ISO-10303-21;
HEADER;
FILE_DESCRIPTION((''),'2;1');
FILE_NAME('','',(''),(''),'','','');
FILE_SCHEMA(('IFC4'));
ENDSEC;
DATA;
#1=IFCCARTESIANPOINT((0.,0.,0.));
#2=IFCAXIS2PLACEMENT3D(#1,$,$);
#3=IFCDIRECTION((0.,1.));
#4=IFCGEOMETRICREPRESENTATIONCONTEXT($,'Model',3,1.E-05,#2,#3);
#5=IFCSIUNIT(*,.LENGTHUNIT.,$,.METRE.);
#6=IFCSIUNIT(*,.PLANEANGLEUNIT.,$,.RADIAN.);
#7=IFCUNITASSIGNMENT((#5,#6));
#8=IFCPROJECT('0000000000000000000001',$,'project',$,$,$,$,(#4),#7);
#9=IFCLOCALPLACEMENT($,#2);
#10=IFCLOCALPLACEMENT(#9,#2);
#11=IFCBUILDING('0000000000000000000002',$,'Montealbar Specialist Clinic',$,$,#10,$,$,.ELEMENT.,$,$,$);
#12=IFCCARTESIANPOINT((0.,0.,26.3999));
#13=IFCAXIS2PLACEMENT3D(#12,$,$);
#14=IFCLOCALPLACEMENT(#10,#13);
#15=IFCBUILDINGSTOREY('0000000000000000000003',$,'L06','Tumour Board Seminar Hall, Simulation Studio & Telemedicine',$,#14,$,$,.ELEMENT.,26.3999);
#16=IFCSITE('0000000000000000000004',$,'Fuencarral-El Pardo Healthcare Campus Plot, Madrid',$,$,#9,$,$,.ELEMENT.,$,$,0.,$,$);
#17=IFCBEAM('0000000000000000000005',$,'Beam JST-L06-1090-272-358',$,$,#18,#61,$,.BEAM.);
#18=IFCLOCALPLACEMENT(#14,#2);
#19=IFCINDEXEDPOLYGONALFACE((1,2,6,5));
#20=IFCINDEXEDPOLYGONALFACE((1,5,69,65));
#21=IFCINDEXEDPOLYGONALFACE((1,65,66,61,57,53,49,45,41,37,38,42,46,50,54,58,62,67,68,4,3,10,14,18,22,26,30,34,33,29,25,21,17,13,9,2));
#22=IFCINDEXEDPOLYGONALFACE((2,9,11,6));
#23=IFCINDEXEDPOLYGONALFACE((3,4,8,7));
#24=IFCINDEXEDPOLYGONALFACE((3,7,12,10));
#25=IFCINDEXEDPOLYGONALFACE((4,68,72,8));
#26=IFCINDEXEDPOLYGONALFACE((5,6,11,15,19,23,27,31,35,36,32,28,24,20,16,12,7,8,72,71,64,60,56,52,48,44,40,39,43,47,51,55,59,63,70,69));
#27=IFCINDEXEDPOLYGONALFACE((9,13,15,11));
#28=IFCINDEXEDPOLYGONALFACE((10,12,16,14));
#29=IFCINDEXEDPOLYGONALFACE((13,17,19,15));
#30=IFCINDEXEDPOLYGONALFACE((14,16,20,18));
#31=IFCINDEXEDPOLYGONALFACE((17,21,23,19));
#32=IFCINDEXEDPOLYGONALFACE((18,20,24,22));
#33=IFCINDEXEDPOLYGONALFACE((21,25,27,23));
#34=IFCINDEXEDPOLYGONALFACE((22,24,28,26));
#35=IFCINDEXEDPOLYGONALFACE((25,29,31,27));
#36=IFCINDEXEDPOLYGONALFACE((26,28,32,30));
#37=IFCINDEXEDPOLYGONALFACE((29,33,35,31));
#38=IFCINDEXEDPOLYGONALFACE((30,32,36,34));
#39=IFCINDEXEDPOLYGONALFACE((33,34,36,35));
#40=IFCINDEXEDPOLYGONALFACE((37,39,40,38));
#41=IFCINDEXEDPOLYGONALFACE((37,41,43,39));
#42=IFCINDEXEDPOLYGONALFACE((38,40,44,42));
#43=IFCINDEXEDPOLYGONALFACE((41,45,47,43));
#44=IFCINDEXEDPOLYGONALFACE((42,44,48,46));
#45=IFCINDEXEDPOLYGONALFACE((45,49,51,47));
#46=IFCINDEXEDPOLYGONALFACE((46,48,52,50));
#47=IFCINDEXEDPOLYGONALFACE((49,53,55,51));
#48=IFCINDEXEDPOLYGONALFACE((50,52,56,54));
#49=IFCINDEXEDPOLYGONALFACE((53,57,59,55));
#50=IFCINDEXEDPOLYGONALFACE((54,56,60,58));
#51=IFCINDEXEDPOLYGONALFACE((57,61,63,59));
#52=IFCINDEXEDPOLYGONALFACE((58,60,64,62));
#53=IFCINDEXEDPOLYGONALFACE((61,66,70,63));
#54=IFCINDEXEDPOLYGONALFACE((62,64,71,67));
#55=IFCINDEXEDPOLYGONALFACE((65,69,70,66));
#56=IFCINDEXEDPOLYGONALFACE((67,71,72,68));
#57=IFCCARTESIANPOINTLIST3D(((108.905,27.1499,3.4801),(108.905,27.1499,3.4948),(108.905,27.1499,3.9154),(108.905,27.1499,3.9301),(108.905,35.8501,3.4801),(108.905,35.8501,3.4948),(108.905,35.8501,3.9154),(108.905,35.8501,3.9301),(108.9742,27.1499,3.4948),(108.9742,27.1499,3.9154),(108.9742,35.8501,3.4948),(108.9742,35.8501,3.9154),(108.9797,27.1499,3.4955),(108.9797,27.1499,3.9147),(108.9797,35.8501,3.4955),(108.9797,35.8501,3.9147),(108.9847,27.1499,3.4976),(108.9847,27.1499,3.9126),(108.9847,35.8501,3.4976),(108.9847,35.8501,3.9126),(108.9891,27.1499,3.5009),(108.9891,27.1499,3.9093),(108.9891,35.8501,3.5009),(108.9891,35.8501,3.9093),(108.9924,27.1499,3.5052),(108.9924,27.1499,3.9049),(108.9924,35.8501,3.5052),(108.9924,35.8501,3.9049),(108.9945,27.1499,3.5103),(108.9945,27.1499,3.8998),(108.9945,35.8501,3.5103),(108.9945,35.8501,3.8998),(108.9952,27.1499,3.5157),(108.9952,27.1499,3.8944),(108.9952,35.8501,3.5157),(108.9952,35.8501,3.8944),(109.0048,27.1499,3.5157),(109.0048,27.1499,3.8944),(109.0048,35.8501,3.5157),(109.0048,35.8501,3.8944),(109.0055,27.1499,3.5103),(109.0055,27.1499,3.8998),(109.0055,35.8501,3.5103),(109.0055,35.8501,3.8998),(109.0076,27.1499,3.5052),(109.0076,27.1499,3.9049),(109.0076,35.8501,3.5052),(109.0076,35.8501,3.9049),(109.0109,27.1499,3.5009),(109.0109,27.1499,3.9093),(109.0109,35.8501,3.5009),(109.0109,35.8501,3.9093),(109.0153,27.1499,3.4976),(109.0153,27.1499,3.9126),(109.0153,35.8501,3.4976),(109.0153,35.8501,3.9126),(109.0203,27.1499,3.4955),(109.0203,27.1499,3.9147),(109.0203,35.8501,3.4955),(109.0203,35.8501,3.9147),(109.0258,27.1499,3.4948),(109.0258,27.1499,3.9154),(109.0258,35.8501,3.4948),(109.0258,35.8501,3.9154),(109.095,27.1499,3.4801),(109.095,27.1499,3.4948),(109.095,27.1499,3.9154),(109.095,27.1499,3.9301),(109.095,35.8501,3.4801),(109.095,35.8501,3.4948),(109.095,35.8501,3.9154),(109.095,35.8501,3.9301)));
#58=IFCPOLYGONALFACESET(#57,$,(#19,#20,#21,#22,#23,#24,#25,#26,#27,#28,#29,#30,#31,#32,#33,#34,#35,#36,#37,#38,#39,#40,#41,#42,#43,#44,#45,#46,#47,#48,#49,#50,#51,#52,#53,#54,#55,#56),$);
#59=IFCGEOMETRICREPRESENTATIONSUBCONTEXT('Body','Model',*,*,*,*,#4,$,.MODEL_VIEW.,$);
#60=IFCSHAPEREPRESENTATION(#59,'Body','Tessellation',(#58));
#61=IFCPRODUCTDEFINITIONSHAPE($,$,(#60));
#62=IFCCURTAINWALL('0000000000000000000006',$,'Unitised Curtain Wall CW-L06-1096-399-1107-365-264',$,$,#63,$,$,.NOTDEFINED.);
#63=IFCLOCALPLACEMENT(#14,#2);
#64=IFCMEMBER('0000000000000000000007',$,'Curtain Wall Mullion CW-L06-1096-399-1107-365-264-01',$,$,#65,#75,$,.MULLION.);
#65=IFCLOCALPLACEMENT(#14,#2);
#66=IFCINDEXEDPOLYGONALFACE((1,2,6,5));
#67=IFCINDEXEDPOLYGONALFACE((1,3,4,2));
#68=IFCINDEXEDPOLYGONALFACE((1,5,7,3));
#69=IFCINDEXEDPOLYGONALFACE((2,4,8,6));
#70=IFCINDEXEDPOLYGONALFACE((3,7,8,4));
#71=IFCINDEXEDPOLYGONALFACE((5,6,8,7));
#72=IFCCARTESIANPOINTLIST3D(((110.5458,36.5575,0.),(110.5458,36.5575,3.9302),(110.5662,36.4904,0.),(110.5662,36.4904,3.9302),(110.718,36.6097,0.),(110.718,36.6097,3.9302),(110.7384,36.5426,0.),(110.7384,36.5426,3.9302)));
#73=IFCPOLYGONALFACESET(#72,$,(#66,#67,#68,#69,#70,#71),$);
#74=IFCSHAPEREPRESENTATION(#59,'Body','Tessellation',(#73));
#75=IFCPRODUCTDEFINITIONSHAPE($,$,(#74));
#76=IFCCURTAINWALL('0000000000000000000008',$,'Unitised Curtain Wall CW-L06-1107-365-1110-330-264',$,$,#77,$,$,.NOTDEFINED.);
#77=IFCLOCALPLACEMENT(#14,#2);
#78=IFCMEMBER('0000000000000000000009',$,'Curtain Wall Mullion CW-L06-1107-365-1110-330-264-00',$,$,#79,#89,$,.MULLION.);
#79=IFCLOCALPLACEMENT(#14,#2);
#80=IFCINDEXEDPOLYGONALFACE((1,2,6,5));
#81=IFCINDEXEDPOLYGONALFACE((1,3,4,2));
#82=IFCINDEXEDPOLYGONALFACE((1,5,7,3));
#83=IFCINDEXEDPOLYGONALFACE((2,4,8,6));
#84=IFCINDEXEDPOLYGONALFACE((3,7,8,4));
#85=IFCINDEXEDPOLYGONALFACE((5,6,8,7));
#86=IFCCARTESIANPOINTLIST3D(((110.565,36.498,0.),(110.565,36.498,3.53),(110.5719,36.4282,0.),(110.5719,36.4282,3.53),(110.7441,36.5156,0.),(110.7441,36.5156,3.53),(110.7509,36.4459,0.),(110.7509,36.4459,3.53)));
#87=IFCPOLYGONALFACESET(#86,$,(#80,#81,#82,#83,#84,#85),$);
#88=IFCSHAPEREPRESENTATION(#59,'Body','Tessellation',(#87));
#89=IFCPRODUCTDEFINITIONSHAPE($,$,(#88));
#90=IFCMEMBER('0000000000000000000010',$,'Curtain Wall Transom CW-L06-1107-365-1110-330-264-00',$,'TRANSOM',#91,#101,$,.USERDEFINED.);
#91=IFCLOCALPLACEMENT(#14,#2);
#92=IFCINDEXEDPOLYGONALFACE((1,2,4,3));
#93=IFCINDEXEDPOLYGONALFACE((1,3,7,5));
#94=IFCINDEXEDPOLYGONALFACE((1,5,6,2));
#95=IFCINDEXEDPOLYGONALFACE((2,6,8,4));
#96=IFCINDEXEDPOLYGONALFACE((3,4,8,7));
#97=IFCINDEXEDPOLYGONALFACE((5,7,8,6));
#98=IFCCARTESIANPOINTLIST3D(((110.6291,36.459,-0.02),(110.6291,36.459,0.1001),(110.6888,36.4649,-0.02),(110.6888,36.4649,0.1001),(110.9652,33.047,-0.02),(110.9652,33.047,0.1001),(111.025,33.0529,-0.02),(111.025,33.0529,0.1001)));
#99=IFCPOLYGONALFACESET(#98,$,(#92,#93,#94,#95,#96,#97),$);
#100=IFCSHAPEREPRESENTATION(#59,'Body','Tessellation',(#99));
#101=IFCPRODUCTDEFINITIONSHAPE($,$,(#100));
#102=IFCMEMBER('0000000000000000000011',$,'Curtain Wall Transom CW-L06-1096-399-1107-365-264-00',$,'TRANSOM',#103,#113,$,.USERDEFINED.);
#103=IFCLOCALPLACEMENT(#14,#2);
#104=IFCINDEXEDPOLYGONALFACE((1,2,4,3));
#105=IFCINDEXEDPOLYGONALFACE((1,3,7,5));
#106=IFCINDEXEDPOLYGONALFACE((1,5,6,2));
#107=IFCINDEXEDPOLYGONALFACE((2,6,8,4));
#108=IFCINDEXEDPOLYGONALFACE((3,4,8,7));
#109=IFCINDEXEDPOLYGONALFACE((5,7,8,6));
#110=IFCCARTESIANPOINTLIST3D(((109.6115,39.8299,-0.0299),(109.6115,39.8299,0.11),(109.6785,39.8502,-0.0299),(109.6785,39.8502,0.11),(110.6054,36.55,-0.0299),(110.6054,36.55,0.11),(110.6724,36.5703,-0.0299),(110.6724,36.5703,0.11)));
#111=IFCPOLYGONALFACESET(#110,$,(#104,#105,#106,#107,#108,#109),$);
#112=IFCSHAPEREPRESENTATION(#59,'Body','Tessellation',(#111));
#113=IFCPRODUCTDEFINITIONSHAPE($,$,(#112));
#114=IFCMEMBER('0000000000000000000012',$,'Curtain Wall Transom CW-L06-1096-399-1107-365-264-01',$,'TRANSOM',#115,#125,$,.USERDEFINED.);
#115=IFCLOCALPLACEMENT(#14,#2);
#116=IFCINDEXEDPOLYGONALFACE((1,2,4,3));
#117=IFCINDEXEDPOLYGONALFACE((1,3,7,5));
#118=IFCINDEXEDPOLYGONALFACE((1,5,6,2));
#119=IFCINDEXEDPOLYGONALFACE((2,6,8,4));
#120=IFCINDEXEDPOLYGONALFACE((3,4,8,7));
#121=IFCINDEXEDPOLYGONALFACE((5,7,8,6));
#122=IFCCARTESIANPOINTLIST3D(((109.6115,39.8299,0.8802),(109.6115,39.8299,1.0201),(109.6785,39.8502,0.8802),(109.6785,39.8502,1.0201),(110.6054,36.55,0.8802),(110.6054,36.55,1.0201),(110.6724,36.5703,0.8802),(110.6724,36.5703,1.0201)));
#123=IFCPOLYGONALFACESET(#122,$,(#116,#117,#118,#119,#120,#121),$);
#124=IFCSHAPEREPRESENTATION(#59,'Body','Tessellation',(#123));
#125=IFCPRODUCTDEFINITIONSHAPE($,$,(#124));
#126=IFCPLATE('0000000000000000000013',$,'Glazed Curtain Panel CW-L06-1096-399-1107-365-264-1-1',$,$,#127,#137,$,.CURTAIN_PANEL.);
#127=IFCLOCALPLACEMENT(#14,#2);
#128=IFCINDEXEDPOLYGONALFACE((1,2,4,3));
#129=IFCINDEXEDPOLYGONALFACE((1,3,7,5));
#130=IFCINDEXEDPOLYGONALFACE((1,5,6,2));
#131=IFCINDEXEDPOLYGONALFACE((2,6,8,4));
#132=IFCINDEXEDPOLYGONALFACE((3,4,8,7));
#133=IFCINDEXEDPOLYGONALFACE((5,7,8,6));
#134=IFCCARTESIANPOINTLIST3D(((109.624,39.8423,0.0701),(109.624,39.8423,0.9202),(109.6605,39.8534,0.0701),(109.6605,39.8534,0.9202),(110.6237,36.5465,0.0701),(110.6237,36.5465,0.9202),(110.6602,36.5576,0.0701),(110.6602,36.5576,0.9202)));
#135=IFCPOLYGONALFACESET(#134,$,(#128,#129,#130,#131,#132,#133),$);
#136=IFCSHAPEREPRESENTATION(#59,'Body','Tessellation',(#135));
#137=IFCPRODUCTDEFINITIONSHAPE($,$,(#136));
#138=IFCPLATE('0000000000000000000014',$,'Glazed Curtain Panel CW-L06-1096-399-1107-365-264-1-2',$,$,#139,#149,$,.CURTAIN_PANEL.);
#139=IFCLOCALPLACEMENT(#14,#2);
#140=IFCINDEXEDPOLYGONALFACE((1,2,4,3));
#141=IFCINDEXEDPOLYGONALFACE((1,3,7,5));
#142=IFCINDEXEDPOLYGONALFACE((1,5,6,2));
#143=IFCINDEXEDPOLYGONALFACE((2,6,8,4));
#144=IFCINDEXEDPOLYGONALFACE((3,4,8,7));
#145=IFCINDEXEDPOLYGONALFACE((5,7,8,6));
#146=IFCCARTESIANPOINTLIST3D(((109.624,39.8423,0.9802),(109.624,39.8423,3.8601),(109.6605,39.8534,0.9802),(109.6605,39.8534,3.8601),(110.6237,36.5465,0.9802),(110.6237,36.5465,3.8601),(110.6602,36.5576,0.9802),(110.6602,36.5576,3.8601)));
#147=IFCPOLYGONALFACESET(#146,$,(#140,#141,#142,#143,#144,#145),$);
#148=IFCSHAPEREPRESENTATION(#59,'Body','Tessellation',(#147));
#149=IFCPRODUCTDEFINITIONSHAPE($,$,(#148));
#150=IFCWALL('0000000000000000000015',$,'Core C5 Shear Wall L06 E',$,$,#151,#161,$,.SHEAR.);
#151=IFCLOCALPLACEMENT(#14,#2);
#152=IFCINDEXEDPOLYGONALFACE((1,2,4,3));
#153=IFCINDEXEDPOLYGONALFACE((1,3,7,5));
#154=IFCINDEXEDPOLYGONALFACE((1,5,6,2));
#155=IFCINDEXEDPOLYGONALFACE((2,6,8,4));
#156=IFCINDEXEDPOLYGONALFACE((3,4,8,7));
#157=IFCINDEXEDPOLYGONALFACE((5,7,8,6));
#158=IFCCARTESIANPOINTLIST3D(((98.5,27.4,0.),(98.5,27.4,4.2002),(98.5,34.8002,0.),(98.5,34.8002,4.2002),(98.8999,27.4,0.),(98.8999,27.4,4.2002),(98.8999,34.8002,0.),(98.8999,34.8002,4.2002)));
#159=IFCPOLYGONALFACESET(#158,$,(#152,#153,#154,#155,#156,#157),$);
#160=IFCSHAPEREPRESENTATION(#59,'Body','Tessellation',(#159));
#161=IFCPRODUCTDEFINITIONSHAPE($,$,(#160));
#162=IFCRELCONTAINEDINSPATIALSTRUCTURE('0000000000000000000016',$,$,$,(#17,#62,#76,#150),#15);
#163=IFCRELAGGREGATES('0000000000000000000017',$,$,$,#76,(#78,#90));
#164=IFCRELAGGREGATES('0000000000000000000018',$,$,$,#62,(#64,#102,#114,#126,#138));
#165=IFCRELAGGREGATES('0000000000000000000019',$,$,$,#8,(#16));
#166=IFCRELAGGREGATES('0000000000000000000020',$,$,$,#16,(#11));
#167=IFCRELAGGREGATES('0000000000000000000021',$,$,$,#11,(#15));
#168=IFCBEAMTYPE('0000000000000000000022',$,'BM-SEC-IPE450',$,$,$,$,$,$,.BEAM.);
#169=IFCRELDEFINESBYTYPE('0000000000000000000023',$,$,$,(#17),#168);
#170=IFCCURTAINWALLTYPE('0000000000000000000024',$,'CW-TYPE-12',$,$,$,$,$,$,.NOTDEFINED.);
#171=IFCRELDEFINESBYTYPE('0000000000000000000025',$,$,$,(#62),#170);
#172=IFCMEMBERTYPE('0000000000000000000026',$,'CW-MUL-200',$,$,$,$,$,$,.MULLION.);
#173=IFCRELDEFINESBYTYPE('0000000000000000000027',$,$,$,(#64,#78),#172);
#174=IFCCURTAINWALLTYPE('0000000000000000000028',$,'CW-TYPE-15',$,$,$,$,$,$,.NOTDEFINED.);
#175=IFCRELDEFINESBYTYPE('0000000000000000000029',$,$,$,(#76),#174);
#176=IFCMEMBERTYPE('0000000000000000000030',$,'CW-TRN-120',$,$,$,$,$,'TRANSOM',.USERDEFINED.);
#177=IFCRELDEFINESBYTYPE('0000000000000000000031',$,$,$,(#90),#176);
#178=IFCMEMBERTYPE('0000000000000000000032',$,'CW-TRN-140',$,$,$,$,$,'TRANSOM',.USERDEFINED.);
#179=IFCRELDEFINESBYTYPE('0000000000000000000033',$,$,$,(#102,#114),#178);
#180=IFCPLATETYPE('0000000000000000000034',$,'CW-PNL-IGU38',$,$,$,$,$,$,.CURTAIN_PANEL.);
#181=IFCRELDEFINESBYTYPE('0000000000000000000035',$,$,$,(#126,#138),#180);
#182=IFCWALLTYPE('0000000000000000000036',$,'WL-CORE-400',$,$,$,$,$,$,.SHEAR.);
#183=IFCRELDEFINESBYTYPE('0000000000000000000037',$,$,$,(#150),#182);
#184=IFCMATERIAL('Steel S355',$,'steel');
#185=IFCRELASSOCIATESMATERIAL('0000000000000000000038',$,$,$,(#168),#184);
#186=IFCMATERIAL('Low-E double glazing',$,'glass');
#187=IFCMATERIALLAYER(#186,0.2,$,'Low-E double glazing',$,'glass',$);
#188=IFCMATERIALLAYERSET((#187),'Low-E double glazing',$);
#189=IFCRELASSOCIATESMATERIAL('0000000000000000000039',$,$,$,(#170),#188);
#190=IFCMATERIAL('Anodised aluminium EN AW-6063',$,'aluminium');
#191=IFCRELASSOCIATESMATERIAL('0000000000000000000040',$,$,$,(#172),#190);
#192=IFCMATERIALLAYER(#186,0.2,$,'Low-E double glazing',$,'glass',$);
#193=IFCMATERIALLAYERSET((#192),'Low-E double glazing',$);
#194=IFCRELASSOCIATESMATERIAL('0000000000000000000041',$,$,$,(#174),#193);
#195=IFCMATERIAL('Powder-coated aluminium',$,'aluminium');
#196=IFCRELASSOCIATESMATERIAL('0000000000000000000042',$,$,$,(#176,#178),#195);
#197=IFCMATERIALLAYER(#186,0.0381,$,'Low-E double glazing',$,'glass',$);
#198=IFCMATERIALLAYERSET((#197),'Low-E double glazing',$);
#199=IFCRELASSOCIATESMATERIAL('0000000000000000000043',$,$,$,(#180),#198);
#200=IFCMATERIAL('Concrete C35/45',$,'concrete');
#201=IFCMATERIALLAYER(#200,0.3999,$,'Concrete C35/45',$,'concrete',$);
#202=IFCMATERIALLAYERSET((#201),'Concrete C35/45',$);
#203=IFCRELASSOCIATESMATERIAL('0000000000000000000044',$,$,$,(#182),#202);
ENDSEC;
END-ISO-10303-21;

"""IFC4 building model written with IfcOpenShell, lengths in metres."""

from ifc_helpers import new_model, si_unit, direction, frame, frame_2d, origin, origin_2d, place, context, subcontext, project, spatial, rectangle, i_section, extrude, material, layer, layer_set, material_profile, profile_set, type_object, element, aggregate, save


model = new_model("IFC4")

# Units and contexts
model_context = context("Model", 3, precision=1e-05, world=origin(), true_north=direction((0.0, 1.0)))
body_context = subcontext(model_context, "Body", "Model", "MODEL_VIEW")
ifc_project = project(units=[si_unit("LENGTHUNIT", "METRE"), si_unit("PLANEANGLEUNIT", "RADIAN")], contexts=[model_context])

# Site, building, storey
site_placement = place(None, origin())
site = spatial("IfcSite", under=ifc_project, at=site_placement, Name="Fuencarral-El Pardo Healthcare Campus Plot, Madrid", CompositionType="ELEMENT", RefElevation=0.0)
building_placement = place(site_placement, origin())
building = spatial("IfcBuilding", under=site, at=building_placement, Name="Montealbar Specialist Clinic", CompositionType="ELEMENT")
storey_placement = place(building_placement, frame((0.0, 0.0, 26.3999)))
storey = spatial("IfcBuildingStorey", under=building, at=storey_placement, Name="L06", Description="Tumour Board Seminar Hall, Simulation Studio & Telemedicine", CompositionType="ELEMENT", Elevation=26.3999)

# Shared definitions
ifc_material_1 = material(Name="Steel S355", Category="steel")

# Beam
ifc_material_profile_1 = material_profile(ifc_material_1, i_section(OverallWidth=0.1899, OverallDepth=0.45, WebThickness=0.0095, FlangeThickness=0.0146, FilletRadius=0.021, at=origin_2d()), Name="IPE 450", Category="steel")
ifc_profile_set_1 = profile_set([ifc_material_profile_1], Name="Steel S355")
beam_type_1 = type_object("IfcBeamType", Name="BM-SEC-IPE450", PredefinedType="BEAM", material=ifc_profile_set_1)
beam_1_placement = place(storey_placement, frame((109.0, 27.1499, 3.7051), z_axis=(0.0, 1.0, 0.0), x_axis=(-1.0, 0.0, 0.0)))
element("IfcBeam", 1, at=beam_1_placement, inside=storey, type_object=beam_type_1, Name="Beam JST-L06-1090-272-358", PredefinedType="BEAM", context=body_context, shape_type="SweptSolid", body=[
    extrude(i_section(OverallWidth=0.1899, OverallDepth=0.45, WebThickness=0.0095, FlangeThickness=0.0146, FilletRadius=0.021, at=origin_2d()), origin(), (0.0, 0.0, 1.0), 8.7002),
])

# Curtain wall, member
ifc_material_2 = material(Name="Low-E double glazing", Category="glass")
ifc_layer_1 = layer(ifc_material_2, 0.2, Name="Low-E double glazing", Category="glass")
ifc_layer_set_1 = layer_set([ifc_layer_1], Name="Low-E double glazing")
curtain_wall_type_1 = type_object("IfcCurtainWallType", Name="CW-TYPE-12", PredefinedType="NOTDEFINED", material=ifc_layer_set_1)
curtain_wall_1_placement = place(storey_placement, origin())
curtain_wall_1 = element("IfcCurtainWall", 2, at=curtain_wall_1_placement, inside=storey, type_object=curtain_wall_type_1, Name="Unitised Curtain Wall CW-L06-1096-399-1107-365-264", PredefinedType="NOTDEFINED")
ifc_material_3 = material(Name="Anodised aluminium EN AW-6063", Category="aluminium")
ifc_material_profile_2 = material_profile(ifc_material_3, rectangle(XDim=0.0701, YDim=0.1799, at=origin_2d()), Name="ALU 70x180", Category="aluminium")
ifc_profile_set_2 = profile_set([ifc_material_profile_2], Name="Anodised aluminium EN AW-6063")
member_type_1 = type_object("IfcMemberType", Name="CW-MUL-200", PredefinedType="MULLION", material=ifc_profile_set_2)
member_1_placement = place(storey_placement, frame((110.6421, 36.55, 0.0), z_axis=(0.0, 0.0, 1.0), x_axis=(0.290259, -0.956948, 0.0)))
member_1 = element("IfcMember", 3, at=member_1_placement, type_object=member_type_1, Name="Curtain Wall Mullion CW-L06-1096-399-1107-365-264-01", PredefinedType="MULLION", context=body_context, shape_type="SweptSolid", body=[
    extrude(rectangle(XDim=0.0701, YDim=0.1799, at=origin_2d()), origin(), (0.0, 0.0, 1.0), 3.9302),
])

# Curtain wall, members
ifc_layer_2 = layer(ifc_material_2, 0.2, Name="Low-E double glazing", Category="glass")
ifc_layer_set_2 = layer_set([ifc_layer_2], Name="Low-E double glazing")
curtain_wall_type_2 = type_object("IfcCurtainWallType", Name="CW-TYPE-15", PredefinedType="NOTDEFINED", material=ifc_layer_set_2)
curtain_wall_2_placement = place(storey_placement, origin())
curtain_wall_2 = element("IfcCurtainWall", 4, at=curtain_wall_2_placement, inside=storey, type_object=curtain_wall_type_2, Name="Unitised Curtain Wall CW-L06-1107-365-1110-330-264", PredefinedType="NOTDEFINED")
member_2_placement = place(storey_placement, frame((110.658, 36.4719, 0.0), z_axis=(0.0, 0.0, 1.0), x_axis=(0.098045, -0.995182, 0.0)))
member_2 = element("IfcMember", 5, at=member_2_placement, type_object=member_type_1, Name="Curtain Wall Mullion CW-L06-1107-365-1110-330-264-00", PredefinedType="MULLION", context=body_context, shape_type="SweptSolid", body=[
    extrude(rectangle(XDim=0.0701, YDim=0.1799, at=origin_2d()), origin(), (0.0, 0.0, 1.0), 3.53),
])
ifc_material_4 = material(Name="Powder-coated aluminium", Category="aluminium")
ifc_material_profile_3 = material_profile(ifc_material_4, rectangle(XDim=0.0601, YDim=0.1201, at=origin_2d()), Name="ALU 60x120", Category="aluminium")
ifc_profile_set_3 = profile_set([ifc_material_profile_3], Name="Powder-coated aluminium")
member_type_2 = type_object("IfcMemberType", Name="CW-TRN-120", ElementType="TRANSOM", PredefinedType="USERDEFINED", material=ifc_profile_set_3)
member_3_placement = place(storey_placement, frame((110.6589, 36.4619, 0.04), z_axis=(0.098058, -0.995181, 0.0), x_axis=(0.995181, 0.098058, 0.0)))
member_3 = element("IfcMember", 6, at=member_3_placement, type_object=member_type_2, Name="Curtain Wall Transom CW-L06-1107-365-1110-330-264-00", ObjectType="TRANSOM", PredefinedType="USERDEFINED", context=body_context, shape_type="SweptSolid", body=[
    extrude(rectangle(XDim=0.0601, YDim=0.1201, at=origin_2d()), origin(), (0.0, 0.0, 1.0), 3.4285),
])
aggregate(curtain_wall_2, [member_2, member_3])

# Members
ifc_material_profile_4 = material_profile(ifc_material_4, rectangle(XDim=0.0701, YDim=0.1399, at=origin_2d()), Name="ALU 70x140", Category="aluminium")
ifc_profile_set_4 = profile_set([ifc_material_profile_4], Name="Powder-coated aluminium")
member_type_3 = type_object("IfcMemberType", Name="CW-TRN-140", ElementType="TRANSOM", PredefinedType="USERDEFINED", material=ifc_profile_set_4)
member_4_placement = place(storey_placement, frame((109.645, 39.8401, 0.04), z_axis=(0.289994, -0.957029, 0.0), x_axis=(0.957029, 0.289994, 0.0)))
member_4 = element("IfcMember", 7, at=member_4_placement, type_object=member_type_3, Name="Curtain Wall Transom CW-L06-1096-399-1107-365-264-00", ObjectType="TRANSOM", PredefinedType="USERDEFINED", context=body_context, shape_type="SweptSolid", body=[
    extrude(rectangle(XDim=0.0701, YDim=0.1399, at=origin_2d()), origin(), (0.0, 0.0, 1.0), 3.4272),
])
member_5_placement = place(storey_placement, frame((109.645, 39.8401, 0.9502), z_axis=(0.289994, -0.957029, 0.0), x_axis=(0.957029, 0.289994, 0.0)))
member_5 = element("IfcMember", 8, at=member_5_placement, type_object=member_type_3, Name="Curtain Wall Transom CW-L06-1096-399-1107-365-264-01", ObjectType="TRANSOM", PredefinedType="USERDEFINED", context=body_context, shape_type="SweptSolid", body=[
    extrude(rectangle(XDim=0.0701, YDim=0.1399, at=origin_2d()), origin(), (0.0, 0.0, 1.0), 3.4272),
])

# Plates
ifc_layer_3 = layer(ifc_material_2, 0.0381, Name="Low-E double glazing", Category="glass")
ifc_layer_set_3 = layer_set([ifc_layer_3], Name="Low-E double glazing")
plate_type = type_object("IfcPlateType", Name="CW-PNL-IGU38", PredefinedType="CURTAIN_PANEL", material=ifc_layer_set_3)
plate_1_placement = place(storey_placement, frame((110.1421, 38.2, 0.0701), z_axis=(0.0, 0.0, 1.0), x_axis=(0.290259, -0.956948, 0.0)))
plate_1 = element("IfcPlate", 9, at=plate_1_placement, type_object=plate_type, Name="Glazed Curtain Panel CW-L06-1096-399-1107-365-264-1-1", PredefinedType="CURTAIN_PANEL", context=body_context, shape_type="SweptSolid", body=[
    extrude(rectangle(XDim=3.4441, YDim=0.0381, at=origin_2d()), origin(), (0.0, 0.0, 1.0), 0.8501),
])
plate_2_placement = place(storey_placement, frame((110.1421, 38.2, 0.9802), z_axis=(0.0, 0.0, 1.0), x_axis=(0.290259, -0.956948, 0.0)))
plate_2 = element("IfcPlate", 10, at=plate_2_placement, type_object=plate_type, Name="Glazed Curtain Panel CW-L06-1096-399-1107-365-264-1-2", PredefinedType="CURTAIN_PANEL", context=body_context, shape_type="SweptSolid", body=[
    extrude(rectangle(XDim=3.4441, YDim=0.0381, at=origin_2d()), origin(), (0.0, 0.0, 1.0), 2.8799),
])
aggregate(curtain_wall_1, [member_1, member_4, member_5, plate_1, plate_2])

# Wall
ifc_material_5 = material(Name="Concrete C35/45", Category="concrete")
ifc_layer_4 = layer(ifc_material_5, 0.3999, Name="Concrete C35/45", Category="concrete")
ifc_layer_set_4 = layer_set([ifc_layer_4], Name="Concrete C35/45")
wall_type_1 = type_object("IfcWallType", Name="WL-CORE-400", PredefinedType="SHEAR", material=ifc_layer_set_4)
wall_1_placement = place(storey_placement, frame((98.7, 27.3999, 0.0), z_axis=(0.0, 0.0, 1.0), x_axis=(0.0, 1.0, 0.0)))
element("IfcWall", 11, at=wall_1_placement, inside=storey, type_object=wall_type_1, Name="Core C5 Shear Wall L06 E", PredefinedType="SHEAR", context=body_context, shape_type="SweptSolid", body=[
    extrude(rectangle(XDim=7.4001, YDim=0.3999, at=frame_2d((3.7002, 0.0))), origin(), (0.0, 0.0, 1.0), 4.2002),
])

save(model, "model.ifc")
